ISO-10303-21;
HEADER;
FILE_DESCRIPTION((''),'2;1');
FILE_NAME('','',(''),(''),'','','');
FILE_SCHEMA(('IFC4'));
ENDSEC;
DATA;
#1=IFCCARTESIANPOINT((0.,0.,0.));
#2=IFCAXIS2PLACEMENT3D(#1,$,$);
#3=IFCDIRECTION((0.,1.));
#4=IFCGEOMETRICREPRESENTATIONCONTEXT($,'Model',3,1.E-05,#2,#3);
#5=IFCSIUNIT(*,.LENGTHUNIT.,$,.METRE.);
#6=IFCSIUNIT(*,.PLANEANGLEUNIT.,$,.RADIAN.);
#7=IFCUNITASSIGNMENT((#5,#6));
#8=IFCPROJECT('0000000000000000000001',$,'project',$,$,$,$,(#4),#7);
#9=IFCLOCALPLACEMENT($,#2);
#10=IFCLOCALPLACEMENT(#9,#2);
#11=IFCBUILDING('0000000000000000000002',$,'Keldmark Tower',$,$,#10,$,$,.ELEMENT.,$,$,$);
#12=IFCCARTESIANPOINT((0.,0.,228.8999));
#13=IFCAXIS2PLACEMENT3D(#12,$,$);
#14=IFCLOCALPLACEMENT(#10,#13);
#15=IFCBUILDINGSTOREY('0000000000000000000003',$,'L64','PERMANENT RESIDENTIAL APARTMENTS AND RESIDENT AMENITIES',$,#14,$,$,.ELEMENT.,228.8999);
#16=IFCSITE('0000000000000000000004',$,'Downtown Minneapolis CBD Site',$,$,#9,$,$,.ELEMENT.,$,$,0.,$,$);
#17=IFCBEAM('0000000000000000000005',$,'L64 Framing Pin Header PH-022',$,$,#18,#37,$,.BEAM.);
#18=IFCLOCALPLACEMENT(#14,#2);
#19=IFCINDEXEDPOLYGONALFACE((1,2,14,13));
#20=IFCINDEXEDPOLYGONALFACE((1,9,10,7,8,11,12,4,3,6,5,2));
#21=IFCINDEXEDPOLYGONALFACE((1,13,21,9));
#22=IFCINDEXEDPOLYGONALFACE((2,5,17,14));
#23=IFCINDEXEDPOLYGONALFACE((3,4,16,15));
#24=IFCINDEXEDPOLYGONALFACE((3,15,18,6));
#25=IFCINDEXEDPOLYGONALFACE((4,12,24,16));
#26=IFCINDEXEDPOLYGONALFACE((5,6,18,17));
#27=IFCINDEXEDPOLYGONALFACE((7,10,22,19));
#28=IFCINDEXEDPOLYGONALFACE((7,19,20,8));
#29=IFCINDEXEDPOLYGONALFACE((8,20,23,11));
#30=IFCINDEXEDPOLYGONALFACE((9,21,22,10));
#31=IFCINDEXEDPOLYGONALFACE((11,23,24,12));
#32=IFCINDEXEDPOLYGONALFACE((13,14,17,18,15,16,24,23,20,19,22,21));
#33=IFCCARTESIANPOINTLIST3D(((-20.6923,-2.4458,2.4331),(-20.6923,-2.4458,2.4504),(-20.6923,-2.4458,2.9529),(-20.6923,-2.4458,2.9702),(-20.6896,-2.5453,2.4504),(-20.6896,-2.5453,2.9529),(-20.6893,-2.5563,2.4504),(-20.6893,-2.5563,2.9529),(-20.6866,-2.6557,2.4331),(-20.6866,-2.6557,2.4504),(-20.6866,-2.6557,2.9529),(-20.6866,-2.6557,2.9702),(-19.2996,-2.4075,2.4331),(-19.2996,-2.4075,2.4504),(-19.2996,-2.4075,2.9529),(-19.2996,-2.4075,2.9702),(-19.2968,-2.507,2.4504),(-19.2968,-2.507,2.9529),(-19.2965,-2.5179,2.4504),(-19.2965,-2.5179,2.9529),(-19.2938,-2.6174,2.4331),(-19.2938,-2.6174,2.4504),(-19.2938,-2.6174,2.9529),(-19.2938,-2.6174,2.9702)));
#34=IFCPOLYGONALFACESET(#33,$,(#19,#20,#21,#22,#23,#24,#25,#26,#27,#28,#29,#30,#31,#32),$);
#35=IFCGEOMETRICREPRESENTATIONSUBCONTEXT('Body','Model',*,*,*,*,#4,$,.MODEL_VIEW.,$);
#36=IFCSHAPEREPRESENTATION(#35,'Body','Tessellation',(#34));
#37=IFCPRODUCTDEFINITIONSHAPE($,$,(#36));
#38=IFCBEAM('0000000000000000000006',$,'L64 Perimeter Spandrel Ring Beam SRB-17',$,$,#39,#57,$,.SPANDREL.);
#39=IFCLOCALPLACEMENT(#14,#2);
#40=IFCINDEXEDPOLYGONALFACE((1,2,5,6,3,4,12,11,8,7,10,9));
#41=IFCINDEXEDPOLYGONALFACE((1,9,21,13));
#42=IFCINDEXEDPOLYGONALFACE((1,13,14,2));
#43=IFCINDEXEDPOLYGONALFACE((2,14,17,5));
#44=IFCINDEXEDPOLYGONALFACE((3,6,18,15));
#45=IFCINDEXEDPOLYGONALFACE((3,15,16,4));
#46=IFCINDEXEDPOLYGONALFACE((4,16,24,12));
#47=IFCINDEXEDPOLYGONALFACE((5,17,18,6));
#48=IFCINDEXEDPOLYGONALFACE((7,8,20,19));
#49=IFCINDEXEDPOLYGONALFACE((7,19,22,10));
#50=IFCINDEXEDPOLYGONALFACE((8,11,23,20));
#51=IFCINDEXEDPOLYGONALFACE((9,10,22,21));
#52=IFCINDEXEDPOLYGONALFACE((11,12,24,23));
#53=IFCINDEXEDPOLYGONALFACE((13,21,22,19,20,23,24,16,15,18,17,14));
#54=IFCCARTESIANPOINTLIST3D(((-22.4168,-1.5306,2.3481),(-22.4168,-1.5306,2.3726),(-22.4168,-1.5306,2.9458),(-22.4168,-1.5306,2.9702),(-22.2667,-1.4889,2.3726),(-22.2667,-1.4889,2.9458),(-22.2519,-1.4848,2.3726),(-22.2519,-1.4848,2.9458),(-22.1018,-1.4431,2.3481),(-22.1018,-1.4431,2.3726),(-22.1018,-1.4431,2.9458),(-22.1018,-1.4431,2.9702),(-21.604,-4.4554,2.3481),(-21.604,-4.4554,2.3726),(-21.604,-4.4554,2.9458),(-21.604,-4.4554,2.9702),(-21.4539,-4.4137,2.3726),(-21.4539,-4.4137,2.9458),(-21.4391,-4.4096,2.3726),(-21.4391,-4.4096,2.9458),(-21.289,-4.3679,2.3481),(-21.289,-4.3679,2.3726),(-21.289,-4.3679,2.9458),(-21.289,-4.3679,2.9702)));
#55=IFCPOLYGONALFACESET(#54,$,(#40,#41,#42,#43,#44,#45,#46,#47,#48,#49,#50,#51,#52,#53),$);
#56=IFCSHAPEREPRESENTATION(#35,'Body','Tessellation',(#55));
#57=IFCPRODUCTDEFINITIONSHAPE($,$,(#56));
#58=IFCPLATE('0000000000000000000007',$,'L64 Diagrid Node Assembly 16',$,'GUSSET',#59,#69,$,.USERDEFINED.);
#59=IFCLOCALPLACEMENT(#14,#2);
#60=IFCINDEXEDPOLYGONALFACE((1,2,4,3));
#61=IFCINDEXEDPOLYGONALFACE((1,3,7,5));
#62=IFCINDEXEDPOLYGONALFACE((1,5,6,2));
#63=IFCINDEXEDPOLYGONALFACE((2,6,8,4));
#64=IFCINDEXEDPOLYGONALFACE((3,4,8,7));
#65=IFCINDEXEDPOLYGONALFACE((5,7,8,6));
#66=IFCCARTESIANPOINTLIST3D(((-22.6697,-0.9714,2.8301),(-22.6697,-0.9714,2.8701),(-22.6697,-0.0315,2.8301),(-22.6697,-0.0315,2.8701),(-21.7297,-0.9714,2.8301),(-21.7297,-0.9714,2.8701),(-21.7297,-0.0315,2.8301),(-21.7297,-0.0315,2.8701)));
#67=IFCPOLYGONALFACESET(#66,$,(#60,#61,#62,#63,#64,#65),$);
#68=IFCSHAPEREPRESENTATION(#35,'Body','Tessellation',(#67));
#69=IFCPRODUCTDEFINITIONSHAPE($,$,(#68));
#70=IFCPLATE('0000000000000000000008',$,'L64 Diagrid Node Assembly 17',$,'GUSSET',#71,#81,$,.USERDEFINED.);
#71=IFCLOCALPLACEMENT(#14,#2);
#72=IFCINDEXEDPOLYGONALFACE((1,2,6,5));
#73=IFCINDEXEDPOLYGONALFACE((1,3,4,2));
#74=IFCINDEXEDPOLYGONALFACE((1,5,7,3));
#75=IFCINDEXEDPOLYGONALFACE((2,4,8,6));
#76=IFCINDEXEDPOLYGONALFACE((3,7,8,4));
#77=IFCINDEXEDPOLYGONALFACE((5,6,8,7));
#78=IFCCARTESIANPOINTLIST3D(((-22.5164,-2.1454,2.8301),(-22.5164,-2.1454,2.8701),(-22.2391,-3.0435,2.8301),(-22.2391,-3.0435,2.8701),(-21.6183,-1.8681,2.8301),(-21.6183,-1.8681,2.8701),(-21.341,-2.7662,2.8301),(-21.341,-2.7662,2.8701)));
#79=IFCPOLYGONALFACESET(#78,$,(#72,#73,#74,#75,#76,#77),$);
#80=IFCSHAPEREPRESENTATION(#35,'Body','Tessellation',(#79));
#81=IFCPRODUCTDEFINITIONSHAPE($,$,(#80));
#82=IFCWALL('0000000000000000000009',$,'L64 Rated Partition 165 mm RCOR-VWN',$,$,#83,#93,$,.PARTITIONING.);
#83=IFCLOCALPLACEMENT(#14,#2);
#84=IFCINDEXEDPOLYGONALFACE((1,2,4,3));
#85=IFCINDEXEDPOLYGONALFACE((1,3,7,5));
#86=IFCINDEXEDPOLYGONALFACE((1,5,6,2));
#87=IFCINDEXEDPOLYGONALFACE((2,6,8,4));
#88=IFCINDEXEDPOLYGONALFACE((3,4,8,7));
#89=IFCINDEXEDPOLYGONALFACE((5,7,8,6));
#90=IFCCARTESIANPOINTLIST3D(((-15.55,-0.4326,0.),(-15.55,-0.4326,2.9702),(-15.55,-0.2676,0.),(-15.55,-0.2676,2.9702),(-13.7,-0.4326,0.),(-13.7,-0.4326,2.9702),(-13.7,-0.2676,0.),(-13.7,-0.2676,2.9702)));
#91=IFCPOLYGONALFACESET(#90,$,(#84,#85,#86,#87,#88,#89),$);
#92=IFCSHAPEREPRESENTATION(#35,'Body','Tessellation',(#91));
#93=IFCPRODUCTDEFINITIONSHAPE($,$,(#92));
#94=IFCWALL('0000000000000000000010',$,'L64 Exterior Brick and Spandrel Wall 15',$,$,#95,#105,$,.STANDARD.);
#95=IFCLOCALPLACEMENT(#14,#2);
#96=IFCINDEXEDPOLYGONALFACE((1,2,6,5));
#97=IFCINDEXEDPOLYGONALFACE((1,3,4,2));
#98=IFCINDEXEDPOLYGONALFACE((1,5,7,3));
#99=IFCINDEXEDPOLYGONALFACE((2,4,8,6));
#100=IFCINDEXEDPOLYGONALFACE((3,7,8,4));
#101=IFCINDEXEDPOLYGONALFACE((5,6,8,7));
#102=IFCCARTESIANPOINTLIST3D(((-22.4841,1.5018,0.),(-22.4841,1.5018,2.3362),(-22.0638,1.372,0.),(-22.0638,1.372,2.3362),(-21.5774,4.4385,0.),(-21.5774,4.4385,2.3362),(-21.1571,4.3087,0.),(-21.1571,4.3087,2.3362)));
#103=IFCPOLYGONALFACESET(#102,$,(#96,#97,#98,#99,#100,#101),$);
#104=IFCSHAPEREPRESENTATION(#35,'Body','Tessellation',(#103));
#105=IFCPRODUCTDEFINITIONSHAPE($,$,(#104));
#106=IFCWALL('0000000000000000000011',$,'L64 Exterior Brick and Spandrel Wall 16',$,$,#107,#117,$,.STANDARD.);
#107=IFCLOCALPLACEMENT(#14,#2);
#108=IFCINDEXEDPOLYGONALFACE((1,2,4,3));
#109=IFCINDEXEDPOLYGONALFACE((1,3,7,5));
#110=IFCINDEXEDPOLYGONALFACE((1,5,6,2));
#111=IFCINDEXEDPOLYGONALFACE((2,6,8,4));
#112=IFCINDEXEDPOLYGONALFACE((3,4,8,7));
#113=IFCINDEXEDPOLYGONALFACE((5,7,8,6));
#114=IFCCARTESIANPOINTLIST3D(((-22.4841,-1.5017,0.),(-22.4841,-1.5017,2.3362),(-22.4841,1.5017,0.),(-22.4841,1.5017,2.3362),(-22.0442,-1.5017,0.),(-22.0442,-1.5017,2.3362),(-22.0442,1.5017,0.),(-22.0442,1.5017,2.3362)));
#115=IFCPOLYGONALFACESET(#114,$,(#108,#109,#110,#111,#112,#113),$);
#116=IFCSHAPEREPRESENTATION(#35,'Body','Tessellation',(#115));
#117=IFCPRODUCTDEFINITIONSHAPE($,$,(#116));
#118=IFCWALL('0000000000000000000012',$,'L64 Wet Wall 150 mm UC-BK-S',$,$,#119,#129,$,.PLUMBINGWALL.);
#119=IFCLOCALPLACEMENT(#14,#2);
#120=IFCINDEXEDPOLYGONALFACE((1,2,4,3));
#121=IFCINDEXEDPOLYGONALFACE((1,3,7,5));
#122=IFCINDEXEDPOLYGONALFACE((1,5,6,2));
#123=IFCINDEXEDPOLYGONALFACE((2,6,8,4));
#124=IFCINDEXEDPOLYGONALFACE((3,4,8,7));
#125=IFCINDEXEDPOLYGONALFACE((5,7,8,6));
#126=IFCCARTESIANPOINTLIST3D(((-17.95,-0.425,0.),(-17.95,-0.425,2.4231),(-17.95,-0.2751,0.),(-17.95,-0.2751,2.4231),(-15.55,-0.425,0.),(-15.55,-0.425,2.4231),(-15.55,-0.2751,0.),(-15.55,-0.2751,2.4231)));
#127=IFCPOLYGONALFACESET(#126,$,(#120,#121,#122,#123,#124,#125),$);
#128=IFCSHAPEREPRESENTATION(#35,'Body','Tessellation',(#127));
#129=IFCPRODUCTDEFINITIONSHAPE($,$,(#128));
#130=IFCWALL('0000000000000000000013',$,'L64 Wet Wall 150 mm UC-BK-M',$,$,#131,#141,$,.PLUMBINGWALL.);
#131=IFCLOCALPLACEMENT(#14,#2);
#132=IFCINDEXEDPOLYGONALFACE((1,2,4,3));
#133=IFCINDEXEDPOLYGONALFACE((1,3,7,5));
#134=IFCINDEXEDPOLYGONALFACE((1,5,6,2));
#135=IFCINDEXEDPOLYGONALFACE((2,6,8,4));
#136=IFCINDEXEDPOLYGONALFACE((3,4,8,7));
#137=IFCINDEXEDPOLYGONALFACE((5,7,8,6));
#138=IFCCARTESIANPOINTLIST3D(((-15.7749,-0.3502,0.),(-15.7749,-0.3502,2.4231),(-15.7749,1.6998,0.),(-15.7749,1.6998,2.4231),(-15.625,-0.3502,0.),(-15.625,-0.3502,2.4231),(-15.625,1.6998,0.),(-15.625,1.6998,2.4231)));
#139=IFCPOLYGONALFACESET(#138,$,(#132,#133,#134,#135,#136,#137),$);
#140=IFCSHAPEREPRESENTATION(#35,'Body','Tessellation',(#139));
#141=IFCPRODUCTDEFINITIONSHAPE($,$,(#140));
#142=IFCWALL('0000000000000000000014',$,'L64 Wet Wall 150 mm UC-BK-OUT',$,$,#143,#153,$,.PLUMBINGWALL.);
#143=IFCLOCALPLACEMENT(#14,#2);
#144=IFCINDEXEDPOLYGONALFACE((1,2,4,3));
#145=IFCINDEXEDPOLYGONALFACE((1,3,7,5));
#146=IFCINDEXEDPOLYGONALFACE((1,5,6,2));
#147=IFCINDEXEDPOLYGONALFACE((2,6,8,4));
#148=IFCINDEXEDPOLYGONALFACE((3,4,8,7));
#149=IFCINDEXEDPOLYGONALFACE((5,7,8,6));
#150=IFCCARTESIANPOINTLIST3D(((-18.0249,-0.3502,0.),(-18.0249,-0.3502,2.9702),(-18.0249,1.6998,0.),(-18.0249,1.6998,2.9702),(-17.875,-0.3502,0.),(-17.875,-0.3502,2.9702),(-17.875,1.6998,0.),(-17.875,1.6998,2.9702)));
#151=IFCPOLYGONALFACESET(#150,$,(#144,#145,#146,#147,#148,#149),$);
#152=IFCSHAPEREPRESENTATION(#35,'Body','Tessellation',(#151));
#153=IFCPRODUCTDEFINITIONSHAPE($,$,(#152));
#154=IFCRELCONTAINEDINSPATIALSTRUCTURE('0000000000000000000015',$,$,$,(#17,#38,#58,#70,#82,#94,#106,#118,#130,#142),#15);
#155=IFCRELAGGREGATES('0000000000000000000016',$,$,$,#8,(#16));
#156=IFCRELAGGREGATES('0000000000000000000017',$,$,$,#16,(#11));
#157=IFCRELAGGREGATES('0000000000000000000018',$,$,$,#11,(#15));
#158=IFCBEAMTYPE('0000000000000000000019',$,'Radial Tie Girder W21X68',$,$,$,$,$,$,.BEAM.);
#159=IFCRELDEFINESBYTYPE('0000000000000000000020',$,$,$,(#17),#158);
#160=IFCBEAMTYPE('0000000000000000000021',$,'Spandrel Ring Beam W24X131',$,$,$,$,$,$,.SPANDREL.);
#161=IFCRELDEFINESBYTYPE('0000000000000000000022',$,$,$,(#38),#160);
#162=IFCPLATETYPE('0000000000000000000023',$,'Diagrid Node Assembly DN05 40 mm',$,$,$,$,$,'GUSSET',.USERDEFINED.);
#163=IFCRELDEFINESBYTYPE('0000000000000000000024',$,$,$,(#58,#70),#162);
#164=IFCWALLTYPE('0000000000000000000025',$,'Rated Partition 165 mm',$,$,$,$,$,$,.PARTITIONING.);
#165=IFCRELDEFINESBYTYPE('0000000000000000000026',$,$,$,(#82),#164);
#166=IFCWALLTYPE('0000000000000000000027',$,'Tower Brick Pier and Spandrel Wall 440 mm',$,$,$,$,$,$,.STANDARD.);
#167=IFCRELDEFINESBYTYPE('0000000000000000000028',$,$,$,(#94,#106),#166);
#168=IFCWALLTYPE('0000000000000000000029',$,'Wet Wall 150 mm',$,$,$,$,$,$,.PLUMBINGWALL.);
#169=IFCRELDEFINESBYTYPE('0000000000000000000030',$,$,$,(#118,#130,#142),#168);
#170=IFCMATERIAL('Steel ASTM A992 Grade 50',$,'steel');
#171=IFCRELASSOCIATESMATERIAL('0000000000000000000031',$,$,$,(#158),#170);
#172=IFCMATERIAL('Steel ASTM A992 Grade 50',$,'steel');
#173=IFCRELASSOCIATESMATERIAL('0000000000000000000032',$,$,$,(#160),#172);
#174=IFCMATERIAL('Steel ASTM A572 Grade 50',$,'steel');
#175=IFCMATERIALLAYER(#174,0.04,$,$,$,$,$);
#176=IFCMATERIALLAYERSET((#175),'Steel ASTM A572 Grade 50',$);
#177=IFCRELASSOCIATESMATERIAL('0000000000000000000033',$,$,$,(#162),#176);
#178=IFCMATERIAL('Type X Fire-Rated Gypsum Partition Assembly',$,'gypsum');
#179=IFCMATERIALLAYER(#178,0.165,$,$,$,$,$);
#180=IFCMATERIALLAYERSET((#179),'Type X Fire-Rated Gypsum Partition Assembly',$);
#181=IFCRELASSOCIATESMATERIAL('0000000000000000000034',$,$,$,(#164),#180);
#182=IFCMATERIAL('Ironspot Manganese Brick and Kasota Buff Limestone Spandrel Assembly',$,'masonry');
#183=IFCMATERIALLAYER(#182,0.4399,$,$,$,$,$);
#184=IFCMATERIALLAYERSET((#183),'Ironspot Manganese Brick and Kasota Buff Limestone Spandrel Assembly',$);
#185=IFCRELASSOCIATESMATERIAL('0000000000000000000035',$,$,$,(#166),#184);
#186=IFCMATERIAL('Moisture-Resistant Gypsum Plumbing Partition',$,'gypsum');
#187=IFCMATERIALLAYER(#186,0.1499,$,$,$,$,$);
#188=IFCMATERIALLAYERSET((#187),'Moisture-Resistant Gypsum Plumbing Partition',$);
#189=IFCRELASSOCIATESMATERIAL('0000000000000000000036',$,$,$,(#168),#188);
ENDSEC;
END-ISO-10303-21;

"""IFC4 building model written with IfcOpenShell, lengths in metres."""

from ifc_helpers import new_model, si_unit, direction, frame, frame_2d, origin, origin_2d, place, context, subcontext, project, spatial, rectangle, i_section, extrude, material, layer, layer_set, material_profile, profile_set, type_object, element, save


model = new_model("IFC4")

# Units and contexts
model_context = context("Model", 3, precision=1e-05, world=origin(), true_north=direction((0.0, 1.0)))
body_context = subcontext(model_context, "Body", "Model", "MODEL_VIEW")
ifc_project = project(units=[si_unit("LENGTHUNIT", "METRE"), si_unit("PLANEANGLEUNIT", "RADIAN")], contexts=[model_context])

# Site, building, storey
site_placement = place(None, origin())
site = spatial("IfcSite", under=ifc_project, at=site_placement, Name="Downtown Minneapolis CBD Site", CompositionType="ELEMENT", RefElevation=0.0)
building_placement = place(site_placement, origin())
building = spatial("IfcBuilding", under=site, at=building_placement, Name="Keldmark Tower", CompositionType="ELEMENT")
storey_placement = place(building_placement, frame((0.0, 0.0, 228.8999)))
storey = spatial("IfcBuildingStorey", under=building, at=storey_placement, Name="L64", Description="PERMANENT RESIDENTIAL APARTMENTS AND RESIDENT AMENITIES", CompositionType="ELEMENT", Elevation=228.8999)

# Beams
ifc_material_1 = material(Name="Steel ASTM A992 Grade 50", Category="steel")
ifc_material_profile_1 = material_profile(ifc_material_1, i_section(OverallWidth=0.21, OverallDepth=0.5371, WebThickness=0.011, FlangeThickness=0.0173, at=origin_2d()), Name="W21X68")
ifc_profile_set_1 = profile_set([ifc_material_profile_1], Name="Steel ASTM A992 Grade 50")
beam_type_1 = type_object("IfcBeamType", Name="Radial Tie Girder W21X68", PredefinedType="BEAM", material=ifc_profile_set_1)
beam_1_placement = place(storey_placement, frame((-20.6895, -2.5508, 2.7017), z_axis=(0.999622, 0.027509, 0.0), x_axis=(-0.027509, 0.999622, 0.0)))
element("IfcBeam", 1, at=beam_1_placement, inside=storey, type_object=beam_type_1, Name="L64 Framing Pin Header PH-022", PredefinedType="BEAM", context=body_context, shape_type="SweptSolid", body=[
    extrude(i_section(OverallWidth=0.21, OverallDepth=0.5371, WebThickness=0.011, FlangeThickness=0.0173, at=origin_2d()), origin(), (0.0, 0.0, 1.0), 1.3933),
])
ifc_material_2 = material(Name="Steel ASTM A992 Grade 50", Category="steel")
ifc_material_profile_2 = material_profile(ifc_material_2, i_section(OverallWidth=0.3269, OverallDepth=0.6221, WebThickness=0.0154, FlangeThickness=0.0244, at=origin_2d()), Name="W24X131")
ifc_profile_set_2 = profile_set([ifc_material_profile_2], Name="Steel ASTM A992 Grade 50")
beam_type_2 = type_object("IfcBeamType", Name="Spandrel Ring Beam W24X131", PredefinedType="SPANDREL", material=ifc_profile_set_2)
beam_2_placement = place(storey_placement, frame((-22.2593, -1.4868, 2.6592), z_axis=(0.267735, -0.963493, 0.0), x_axis=(0.963493, 0.267735, 0.0)))
element("IfcBeam", 2, at=beam_2_placement, inside=storey, type_object=beam_type_2, Name="L64 Perimeter Spandrel Ring Beam SRB-17", PredefinedType="SPANDREL", context=body_context, shape_type="SweptSolid", body=[
    extrude(i_section(OverallWidth=0.3269, OverallDepth=0.6221, WebThickness=0.0154, FlangeThickness=0.0244, at=origin_2d()), origin(), (0.0, 0.0, 1.0), 3.0356),
])

# Plates
ifc_material_3 = material(Name="Steel ASTM A572 Grade 50", Category="steel")
ifc_layer_1 = layer(ifc_material_3, 0.04)
ifc_layer_set_1 = layer_set([ifc_layer_1], Name="Steel ASTM A572 Grade 50")
plate_type = type_object("IfcPlateType", Name="Diagrid Node Assembly DN05 40 mm", ElementType="GUSSET", PredefinedType="USERDEFINED", material=ifc_layer_set_1)
for number, where, z_axis, x_axis, name in (
    (3, (-22.1997, -0.5015, 2.8301), (0.0, 0.0, 1.0), (0.0, -1.0, 0.0), "L64 Diagrid Node Assembly 16"),
    (4, (-21.9287, -2.4558, 2.8301), (0.0, 0.0, 1.0), (0.295041, -0.955485, 0.0), "L64 Diagrid Node Assembly 17"),
):
    element("IfcPlate", number, at=place(storey_placement, frame(where, z_axis=z_axis, x_axis=x_axis)), inside=storey, type_object=plate_type, Name=name, ObjectType="GUSSET", PredefinedType="USERDEFINED", context=body_context, shape_type="SweptSolid", body=[
        extrude(rectangle(XDim=0.9399, YDim=0.9399, at=origin_2d()), origin(), (0.0, 0.0, 1.0), 0.04),
    ])

# Walls
ifc_material_4 = material(Name="Type X Fire-Rated Gypsum Partition Assembly", Category="gypsum")
ifc_layer_2 = layer(ifc_material_4, 0.165)
ifc_layer_set_2 = layer_set([ifc_layer_2], Name="Type X Fire-Rated Gypsum Partition Assembly")
wall_type_1 = type_object("IfcWallType", Name="Rated Partition 165 mm", PredefinedType="PARTITIONING", material=ifc_layer_set_2)
wall_1_placement = place(storey_placement, frame((-15.55, -0.3501, 0.0), z_axis=(0.0, 0.0, 1.0), x_axis=(1.0, 0.0, 0.0)))
element("IfcWall", 5, at=wall_1_placement, inside=storey, type_object=wall_type_1, Name="L64 Rated Partition 165 mm RCOR-VWN", PredefinedType="PARTITIONING", context=body_context, shape_type="SweptSolid", body=[
    extrude(rectangle(XDim=1.8501, YDim=0.165, at=frame_2d((0.925, 0.0))), origin(), (0.0, 0.0, 1.0), 2.9702),
])
ifc_material_5 = material(Name="Ironspot Manganese Brick and Kasota Buff Limestone Spandrel Assembly", Category="masonry")
ifc_layer_3 = layer(ifc_material_5, 0.4399)
ifc_layer_set_3 = layer_set([ifc_layer_3], Name="Ironspot Manganese Brick and Kasota Buff Limestone Spandrel Assembly")
wall_type_2 = type_object("IfcWallType", Name="Tower Brick Pier and Spandrel Wall 440 mm", PredefinedType="STANDARD", material=ifc_layer_set_3)
wall_2_placement = place(storey_placement, frame((-22.2739, 1.437, 0.0), z_axis=(0.0, 0.0, 1.0), x_axis=(0.295012, 0.955493, 0.0)))
element("IfcWall", 6, at=wall_2_placement, inside=storey, type_object=wall_type_2, Name="L64 Exterior Brick and Spandrel Wall 15", PredefinedType="STANDARD", context=body_context, shape_type="SweptSolid", body=[
    extrude(rectangle(XDim=3.0735, YDim=0.4399, at=frame_2d((1.5366, 0.0))), origin(), (0.0, 0.0, 1.0), 2.3362),
])
wall_3_placement = place(storey_placement, frame((-22.2642, -1.5017, 0.0), z_axis=(0.0, 0.0, 1.0), x_axis=(0.0, 1.0, 0.0)))
element("IfcWall", 7, at=wall_3_placement, inside=storey, type_object=wall_type_2, Name="L64 Exterior Brick and Spandrel Wall 16", PredefinedType="STANDARD", context=body_context, shape_type="SweptSolid", body=[
    extrude(rectangle(XDim=3.0034, YDim=0.4399, at=frame_2d((1.5017, 0.0))), origin(), (0.0, 0.0, 1.0), 2.3362),
])
ifc_material_6 = material(Name="Moisture-Resistant Gypsum Plumbing Partition", Category="gypsum")
ifc_layer_4 = layer(ifc_material_6, 0.1499)
ifc_layer_set_4 = layer_set([ifc_layer_4], Name="Moisture-Resistant Gypsum Plumbing Partition")
wall_type_3 = type_object("IfcWallType", Name="Wet Wall 150 mm", PredefinedType="PLUMBINGWALL", material=ifc_layer_set_4)
wall_4_placement = place(storey_placement, frame((-17.95, -0.3501, 0.0), z_axis=(0.0, 0.0, 1.0), x_axis=(1.0, 0.0, 0.0)))
element("IfcWall", 8, at=wall_4_placement, inside=storey, type_object=wall_type_3, Name="L64 Wet Wall 150 mm UC-BK-S", PredefinedType="PLUMBINGWALL", context=body_context, shape_type="SweptSolid", body=[
    extrude(rectangle(XDim=2.3999, YDim=0.1499, at=frame_2d((1.2, 0.0))), origin(), (0.0, 0.0, 1.0), 2.4231),
])
wall_5_placement = place(storey_placement, frame((-15.7, -0.3501, 0.0), z_axis=(0.0, 0.0, 1.0), x_axis=(0.0, 1.0, 0.0)))
element("IfcWall", 9, at=wall_5_placement, inside=storey, type_object=wall_type_3, Name="L64 Wet Wall 150 mm UC-BK-M", PredefinedType="PLUMBINGWALL", context=body_context, shape_type="SweptSolid", body=[
    extrude(rectangle(XDim=2.05, YDim=0.1499, at=frame_2d((1.0249, 0.0))), origin(), (0.0, 0.0, 1.0), 2.4231),
])
wall_6_placement = place(storey_placement, frame((-17.95, -0.3501, 0.0), z_axis=(0.0, 0.0, 1.0), x_axis=(0.0, 1.0, 0.0)))
element("IfcWall", 10, at=wall_6_placement, inside=storey, type_object=wall_type_3, Name="L64 Wet Wall 150 mm UC-BK-OUT", PredefinedType="PLUMBINGWALL", context=body_context, shape_type="SweptSolid", body=[
    extrude(rectangle(XDim=2.05, YDim=0.1499, at=frame_2d((1.0249, 0.0))), origin(), (0.0, 0.0, 1.0), 2.9702),
])

save(model, "model.ifc")
